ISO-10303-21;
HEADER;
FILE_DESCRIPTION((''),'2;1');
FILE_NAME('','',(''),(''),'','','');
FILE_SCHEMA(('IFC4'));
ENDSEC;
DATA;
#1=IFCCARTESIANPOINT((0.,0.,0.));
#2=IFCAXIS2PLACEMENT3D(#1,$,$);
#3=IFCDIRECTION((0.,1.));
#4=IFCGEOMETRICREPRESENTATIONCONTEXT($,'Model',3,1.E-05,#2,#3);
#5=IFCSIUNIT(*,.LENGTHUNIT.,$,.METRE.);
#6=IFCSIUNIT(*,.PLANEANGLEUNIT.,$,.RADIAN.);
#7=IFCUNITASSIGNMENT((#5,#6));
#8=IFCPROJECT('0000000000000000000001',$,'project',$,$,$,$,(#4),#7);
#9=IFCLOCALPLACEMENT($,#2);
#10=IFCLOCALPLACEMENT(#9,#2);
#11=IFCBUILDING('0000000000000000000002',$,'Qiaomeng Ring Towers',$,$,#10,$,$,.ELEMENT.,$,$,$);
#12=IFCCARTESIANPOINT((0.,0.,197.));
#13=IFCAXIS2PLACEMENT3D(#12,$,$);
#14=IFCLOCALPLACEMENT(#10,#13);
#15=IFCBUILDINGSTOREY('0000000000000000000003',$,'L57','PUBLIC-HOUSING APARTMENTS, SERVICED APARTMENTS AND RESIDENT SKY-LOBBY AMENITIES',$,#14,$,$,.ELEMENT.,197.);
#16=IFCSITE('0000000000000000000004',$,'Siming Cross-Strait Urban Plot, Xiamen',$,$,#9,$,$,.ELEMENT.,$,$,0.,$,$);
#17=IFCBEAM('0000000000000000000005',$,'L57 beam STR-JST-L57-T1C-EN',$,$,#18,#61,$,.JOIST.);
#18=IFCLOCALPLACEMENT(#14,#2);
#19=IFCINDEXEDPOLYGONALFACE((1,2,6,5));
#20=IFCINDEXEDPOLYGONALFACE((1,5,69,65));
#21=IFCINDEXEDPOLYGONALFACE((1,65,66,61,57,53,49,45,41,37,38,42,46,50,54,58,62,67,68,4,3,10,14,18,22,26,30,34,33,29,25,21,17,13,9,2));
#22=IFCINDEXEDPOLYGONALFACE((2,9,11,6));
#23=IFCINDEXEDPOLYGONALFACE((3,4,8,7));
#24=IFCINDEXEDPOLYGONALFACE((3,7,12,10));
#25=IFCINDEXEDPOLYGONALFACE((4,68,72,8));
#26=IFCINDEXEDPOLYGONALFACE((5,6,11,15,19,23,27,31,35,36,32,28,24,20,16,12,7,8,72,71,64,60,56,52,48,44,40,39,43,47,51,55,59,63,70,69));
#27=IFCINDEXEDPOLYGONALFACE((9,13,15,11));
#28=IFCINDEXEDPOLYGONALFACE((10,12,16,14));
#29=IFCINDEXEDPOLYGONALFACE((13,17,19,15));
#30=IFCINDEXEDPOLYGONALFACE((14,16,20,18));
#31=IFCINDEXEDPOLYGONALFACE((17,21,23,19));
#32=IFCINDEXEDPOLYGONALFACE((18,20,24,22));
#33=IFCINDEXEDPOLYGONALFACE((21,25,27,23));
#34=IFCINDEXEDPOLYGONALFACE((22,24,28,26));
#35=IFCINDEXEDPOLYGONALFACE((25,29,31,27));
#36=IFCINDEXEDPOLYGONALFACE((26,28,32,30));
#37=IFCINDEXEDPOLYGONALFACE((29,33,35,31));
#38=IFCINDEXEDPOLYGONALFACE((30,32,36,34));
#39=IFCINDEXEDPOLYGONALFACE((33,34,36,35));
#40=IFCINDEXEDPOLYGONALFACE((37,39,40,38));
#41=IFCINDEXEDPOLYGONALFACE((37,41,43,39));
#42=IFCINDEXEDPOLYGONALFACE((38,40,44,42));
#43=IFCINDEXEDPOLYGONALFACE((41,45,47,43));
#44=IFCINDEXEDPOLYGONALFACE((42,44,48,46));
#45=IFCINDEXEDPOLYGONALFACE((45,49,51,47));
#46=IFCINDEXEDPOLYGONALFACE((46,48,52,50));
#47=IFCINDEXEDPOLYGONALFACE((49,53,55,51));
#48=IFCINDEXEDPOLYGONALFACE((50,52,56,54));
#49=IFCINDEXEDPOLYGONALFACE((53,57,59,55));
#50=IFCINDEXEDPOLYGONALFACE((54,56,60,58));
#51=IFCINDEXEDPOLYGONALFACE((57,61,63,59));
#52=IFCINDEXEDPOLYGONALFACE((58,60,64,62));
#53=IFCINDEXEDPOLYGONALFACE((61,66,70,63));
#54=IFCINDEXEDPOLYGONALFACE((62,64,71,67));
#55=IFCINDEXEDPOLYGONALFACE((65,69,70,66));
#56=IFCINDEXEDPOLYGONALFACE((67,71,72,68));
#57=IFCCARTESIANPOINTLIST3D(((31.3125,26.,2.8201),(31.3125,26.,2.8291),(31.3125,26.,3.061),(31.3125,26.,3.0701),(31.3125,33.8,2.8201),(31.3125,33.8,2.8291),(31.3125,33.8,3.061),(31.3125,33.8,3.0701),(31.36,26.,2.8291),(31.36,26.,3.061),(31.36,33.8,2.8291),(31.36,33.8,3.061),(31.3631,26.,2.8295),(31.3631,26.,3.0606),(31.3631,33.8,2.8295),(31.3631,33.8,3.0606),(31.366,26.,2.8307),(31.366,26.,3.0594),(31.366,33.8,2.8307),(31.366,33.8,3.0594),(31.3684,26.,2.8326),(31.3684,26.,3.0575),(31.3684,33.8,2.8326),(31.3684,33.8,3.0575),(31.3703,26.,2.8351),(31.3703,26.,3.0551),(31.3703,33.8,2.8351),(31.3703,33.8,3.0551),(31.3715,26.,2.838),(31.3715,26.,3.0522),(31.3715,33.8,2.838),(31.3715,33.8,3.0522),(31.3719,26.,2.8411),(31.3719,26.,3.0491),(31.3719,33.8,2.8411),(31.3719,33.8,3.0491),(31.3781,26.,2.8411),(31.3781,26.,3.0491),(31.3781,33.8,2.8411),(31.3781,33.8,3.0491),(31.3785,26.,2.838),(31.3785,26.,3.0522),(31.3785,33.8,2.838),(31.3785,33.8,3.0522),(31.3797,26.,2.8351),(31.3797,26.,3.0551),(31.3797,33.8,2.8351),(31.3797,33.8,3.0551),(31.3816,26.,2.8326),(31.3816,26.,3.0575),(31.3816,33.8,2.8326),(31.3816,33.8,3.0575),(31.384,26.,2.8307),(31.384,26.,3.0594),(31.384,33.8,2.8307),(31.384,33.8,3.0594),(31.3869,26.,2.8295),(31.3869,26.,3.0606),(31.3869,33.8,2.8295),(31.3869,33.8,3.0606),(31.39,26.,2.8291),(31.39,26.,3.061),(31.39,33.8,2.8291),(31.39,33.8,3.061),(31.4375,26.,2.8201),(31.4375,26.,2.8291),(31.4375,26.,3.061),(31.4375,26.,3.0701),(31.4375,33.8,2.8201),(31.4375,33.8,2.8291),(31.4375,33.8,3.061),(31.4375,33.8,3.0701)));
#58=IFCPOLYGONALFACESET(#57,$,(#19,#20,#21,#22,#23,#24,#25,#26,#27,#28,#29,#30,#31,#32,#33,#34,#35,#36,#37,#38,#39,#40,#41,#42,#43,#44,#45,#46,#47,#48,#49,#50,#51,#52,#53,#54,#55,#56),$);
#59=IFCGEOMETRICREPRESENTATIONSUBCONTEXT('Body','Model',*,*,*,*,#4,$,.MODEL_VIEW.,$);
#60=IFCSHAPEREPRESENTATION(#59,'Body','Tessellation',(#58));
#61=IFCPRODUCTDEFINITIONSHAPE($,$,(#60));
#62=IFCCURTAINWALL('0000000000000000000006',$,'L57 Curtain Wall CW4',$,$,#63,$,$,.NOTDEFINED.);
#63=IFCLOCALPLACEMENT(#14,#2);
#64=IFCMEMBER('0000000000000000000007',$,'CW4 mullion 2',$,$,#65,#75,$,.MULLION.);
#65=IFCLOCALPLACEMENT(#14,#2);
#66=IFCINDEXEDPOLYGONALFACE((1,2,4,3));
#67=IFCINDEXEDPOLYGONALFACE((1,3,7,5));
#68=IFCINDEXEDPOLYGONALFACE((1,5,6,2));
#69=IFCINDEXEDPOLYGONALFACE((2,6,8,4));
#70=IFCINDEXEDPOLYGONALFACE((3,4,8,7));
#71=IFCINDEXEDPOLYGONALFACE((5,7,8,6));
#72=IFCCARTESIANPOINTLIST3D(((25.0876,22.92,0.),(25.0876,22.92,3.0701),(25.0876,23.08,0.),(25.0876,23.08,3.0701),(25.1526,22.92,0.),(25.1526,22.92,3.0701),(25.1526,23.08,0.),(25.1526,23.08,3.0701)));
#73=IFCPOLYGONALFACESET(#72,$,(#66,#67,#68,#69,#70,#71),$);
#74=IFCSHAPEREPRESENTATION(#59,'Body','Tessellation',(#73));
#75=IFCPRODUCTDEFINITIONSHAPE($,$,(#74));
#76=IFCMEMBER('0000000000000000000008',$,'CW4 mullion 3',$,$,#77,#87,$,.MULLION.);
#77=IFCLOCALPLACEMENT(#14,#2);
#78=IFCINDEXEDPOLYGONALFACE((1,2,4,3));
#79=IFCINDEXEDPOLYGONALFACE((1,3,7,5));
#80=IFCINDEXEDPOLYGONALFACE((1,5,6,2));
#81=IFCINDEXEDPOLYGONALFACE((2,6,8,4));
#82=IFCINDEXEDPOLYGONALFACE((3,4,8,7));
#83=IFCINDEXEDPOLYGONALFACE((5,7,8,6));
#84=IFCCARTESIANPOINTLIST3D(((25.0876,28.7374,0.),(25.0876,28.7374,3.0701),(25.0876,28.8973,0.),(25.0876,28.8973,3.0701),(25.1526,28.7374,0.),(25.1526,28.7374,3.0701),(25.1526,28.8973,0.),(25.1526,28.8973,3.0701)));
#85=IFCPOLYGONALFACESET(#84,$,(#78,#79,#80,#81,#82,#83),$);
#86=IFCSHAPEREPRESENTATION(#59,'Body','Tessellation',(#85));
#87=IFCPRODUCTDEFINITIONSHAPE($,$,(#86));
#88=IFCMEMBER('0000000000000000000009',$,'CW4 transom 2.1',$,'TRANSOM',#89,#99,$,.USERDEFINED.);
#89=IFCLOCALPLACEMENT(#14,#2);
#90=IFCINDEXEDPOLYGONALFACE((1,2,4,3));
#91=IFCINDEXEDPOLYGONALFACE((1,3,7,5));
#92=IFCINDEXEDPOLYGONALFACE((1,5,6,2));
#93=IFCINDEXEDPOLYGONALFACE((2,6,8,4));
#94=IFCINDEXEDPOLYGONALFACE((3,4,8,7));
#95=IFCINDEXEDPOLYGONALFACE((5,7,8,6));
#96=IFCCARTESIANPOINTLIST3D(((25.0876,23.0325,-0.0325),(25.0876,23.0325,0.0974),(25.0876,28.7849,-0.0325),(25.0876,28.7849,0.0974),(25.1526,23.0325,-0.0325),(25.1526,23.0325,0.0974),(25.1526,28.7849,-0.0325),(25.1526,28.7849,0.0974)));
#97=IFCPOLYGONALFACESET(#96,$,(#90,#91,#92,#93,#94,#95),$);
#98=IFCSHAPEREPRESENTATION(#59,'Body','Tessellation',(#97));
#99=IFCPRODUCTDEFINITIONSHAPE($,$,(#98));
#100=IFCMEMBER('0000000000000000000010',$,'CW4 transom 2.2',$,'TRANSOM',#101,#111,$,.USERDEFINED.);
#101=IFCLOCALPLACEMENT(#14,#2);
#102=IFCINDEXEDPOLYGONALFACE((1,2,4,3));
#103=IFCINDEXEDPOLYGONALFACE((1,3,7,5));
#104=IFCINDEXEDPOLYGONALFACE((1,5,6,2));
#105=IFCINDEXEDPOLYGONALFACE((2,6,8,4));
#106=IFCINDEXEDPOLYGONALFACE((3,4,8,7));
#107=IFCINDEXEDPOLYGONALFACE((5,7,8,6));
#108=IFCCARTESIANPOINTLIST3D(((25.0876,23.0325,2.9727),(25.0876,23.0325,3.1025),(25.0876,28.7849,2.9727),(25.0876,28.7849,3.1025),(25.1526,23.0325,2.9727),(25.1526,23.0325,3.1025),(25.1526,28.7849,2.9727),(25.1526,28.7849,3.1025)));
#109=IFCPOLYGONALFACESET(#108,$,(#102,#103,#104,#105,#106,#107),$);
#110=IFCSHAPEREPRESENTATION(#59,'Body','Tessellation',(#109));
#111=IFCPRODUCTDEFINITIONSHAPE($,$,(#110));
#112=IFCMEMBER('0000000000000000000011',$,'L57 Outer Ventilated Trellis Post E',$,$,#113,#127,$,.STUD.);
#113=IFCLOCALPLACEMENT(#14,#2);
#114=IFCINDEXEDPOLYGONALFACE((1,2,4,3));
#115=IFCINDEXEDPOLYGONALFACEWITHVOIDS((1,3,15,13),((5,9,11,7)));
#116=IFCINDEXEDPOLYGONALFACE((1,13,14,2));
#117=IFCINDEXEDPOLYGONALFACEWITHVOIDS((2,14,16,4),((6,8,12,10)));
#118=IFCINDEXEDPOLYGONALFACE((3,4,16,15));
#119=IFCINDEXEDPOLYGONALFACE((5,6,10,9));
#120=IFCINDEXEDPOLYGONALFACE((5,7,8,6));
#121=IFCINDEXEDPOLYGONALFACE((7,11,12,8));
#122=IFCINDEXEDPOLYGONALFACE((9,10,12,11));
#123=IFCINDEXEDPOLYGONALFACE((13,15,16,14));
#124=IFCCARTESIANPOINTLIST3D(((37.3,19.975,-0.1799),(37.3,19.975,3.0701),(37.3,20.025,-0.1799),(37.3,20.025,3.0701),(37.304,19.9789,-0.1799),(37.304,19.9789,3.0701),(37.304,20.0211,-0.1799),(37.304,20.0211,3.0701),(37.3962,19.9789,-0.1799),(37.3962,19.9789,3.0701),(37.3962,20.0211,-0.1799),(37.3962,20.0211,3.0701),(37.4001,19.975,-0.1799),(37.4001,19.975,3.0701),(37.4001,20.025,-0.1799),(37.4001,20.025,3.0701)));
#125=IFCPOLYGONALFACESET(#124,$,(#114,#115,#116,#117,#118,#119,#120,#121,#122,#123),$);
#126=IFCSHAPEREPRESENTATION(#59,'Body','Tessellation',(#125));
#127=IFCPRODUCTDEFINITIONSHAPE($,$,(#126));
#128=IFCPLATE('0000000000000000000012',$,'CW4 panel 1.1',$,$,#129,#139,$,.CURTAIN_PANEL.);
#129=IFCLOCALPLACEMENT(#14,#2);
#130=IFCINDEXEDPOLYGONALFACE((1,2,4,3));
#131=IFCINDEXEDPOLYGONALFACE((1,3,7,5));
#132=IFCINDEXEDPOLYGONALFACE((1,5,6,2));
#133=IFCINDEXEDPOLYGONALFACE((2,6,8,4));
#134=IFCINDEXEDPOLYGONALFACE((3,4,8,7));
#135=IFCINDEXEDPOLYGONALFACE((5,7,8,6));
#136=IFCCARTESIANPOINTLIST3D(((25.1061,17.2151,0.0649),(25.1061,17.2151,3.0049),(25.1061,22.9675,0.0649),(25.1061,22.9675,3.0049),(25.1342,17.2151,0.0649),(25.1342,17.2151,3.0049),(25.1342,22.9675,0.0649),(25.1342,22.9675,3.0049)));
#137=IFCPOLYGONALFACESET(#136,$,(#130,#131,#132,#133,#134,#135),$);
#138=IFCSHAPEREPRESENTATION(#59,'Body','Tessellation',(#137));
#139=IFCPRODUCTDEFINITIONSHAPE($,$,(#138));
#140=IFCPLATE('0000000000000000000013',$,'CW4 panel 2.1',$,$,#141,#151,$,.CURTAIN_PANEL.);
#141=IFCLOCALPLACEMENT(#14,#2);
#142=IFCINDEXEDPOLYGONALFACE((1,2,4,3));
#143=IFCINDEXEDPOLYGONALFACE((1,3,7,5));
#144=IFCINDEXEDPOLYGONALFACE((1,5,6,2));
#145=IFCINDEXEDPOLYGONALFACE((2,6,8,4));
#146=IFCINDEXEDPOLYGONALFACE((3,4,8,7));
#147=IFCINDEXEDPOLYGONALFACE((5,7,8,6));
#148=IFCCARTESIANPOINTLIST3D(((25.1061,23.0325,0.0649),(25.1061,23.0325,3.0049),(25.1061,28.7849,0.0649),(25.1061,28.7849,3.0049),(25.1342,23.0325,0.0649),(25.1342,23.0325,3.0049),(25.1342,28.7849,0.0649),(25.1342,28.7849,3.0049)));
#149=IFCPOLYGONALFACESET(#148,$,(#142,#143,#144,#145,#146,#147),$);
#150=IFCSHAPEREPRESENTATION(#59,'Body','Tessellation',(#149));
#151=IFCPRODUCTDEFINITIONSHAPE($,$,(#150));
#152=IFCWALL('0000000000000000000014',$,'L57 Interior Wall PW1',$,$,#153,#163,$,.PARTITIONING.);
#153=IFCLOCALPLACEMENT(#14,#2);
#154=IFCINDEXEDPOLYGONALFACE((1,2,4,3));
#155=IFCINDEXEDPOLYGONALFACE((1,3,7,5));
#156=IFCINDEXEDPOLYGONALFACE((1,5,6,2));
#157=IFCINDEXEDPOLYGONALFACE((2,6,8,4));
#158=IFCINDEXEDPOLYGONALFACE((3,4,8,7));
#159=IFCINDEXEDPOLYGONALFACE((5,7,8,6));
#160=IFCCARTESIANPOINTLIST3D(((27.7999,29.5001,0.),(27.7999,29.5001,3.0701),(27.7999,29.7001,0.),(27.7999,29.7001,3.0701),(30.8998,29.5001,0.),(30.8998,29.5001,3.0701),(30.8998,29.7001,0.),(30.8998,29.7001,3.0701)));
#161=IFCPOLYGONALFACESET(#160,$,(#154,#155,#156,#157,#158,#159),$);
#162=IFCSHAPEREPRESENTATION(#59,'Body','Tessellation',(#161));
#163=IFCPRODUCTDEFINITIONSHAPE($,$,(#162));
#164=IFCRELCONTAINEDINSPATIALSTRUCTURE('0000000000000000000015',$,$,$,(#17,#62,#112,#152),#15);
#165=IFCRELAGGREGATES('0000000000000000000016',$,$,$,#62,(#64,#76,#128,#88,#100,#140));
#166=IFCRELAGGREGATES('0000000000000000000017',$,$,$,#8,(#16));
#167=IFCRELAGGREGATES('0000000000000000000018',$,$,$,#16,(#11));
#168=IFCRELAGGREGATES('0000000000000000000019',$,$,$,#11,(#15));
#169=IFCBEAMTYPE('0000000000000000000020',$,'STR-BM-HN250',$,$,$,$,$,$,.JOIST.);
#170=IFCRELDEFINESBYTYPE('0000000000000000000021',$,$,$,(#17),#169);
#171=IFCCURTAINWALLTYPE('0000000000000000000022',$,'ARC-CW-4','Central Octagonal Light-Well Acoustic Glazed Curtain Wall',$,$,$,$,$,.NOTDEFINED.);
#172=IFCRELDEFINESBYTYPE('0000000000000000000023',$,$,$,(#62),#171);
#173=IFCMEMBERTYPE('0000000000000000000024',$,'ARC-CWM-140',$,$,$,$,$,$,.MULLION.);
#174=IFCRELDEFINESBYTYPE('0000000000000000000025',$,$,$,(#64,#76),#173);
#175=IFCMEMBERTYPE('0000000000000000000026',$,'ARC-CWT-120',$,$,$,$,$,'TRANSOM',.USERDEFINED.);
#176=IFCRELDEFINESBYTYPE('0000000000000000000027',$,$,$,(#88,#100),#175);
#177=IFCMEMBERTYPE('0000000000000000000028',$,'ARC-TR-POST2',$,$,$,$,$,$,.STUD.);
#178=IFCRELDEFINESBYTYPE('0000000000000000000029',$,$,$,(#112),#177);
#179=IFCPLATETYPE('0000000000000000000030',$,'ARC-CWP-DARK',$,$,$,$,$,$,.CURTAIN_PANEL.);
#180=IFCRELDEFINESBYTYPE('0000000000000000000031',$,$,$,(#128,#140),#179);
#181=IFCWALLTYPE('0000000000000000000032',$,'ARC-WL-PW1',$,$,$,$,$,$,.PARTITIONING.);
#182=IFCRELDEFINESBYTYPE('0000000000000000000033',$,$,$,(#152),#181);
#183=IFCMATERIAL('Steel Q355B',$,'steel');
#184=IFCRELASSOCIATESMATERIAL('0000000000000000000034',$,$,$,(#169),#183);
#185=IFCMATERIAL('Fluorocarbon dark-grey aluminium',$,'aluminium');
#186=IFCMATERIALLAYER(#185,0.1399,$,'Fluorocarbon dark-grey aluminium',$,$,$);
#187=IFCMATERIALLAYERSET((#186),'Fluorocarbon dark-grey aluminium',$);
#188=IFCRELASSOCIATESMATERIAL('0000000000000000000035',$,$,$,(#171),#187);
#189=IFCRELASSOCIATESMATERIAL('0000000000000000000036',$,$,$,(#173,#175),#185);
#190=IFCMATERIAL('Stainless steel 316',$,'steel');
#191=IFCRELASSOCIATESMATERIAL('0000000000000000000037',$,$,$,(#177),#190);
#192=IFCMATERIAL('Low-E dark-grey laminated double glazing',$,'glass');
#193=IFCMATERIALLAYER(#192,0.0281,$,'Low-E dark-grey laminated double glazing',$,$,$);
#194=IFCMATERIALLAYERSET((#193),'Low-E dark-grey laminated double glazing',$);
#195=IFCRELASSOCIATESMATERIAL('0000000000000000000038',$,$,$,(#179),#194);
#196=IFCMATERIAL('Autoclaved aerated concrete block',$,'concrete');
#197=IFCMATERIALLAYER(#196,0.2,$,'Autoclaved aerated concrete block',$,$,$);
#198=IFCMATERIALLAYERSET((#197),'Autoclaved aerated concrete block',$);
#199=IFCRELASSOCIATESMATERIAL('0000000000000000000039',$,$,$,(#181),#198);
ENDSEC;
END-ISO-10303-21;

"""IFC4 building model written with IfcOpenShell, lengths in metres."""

from ifc_helpers import new_model, si_unit, direction, frame, frame_2d, origin, origin_2d, place, context, subcontext, project, spatial, rectangle, hollow_rectangle, i_section, extrude, source, transform, mapped, material, layer, layer_set, material_profile, profile_set, type_object, element, aggregate, save


model = new_model("IFC4")

# Units and contexts
model_context = context("Model", 3, precision=1e-05, world=origin(), true_north=direction((0.0, 1.0)))
body_context = subcontext(model_context, "Body", "Model", "MODEL_VIEW")
ifc_project = project(units=[si_unit("LENGTHUNIT", "METRE"), si_unit("PLANEANGLEUNIT", "RADIAN")], contexts=[model_context])

# Site, building, storey
site_placement = place(None, origin())
site = spatial("IfcSite", under=ifc_project, at=site_placement, Name="Siming Cross-Strait Urban Plot, Xiamen", CompositionType="ELEMENT", RefElevation=0.0)
building_placement = place(site_placement, origin())
building = spatial("IfcBuilding", under=site, at=building_placement, Name="Qiaomeng Ring Towers", CompositionType="ELEMENT")
storey_placement = place(building_placement, frame((0.0, 0.0, 197.0)))
storey = spatial("IfcBuildingStorey", under=building, at=storey_placement, Name="L57", Description="PUBLIC-HOUSING APARTMENTS, SERVICED APARTMENTS AND RESIDENT SKY-LOBBY AMENITIES", CompositionType="ELEMENT", Elevation=197.0)

# Beam
ifc_material_1 = material(Name="Steel Q355B", Category="steel")
ifc_material_profile_1 = material_profile(ifc_material_1, i_section(OverallWidth=0.125, OverallDepth=0.25, WebThickness=0.0061, FlangeThickness=0.009, FilletRadius=0.012, at=origin_2d()), Name="HN 250x125x6x9")
ifc_profile_set_1 = profile_set([ifc_material_profile_1], Name="Steel Q355B")
beam_type_1 = type_object("IfcBeamType", Name="STR-BM-HN250", PredefinedType="JOIST", material=ifc_profile_set_1)
shared_shape_1 = source(origin(), body_context, "Body", "SweptSolid", [
    extrude(i_section(OverallWidth=0.125, OverallDepth=0.25, WebThickness=0.0061, FlangeThickness=0.009, FilletRadius=0.012, at=origin_2d()), origin(), (0.0, 0.0, 1.0), 7.8),
])
beam_1_placement = place(storey_placement, frame((31.375, 26.0, 2.9451), z_axis=(0.0, 1.0, 0.0), x_axis=(-1.0, 0.0, 0.0)))
element("IfcBeam", 1, at=beam_1_placement, inside=storey, type_object=beam_type_1, Name="L57 beam STR-JST-L57-T1C-EN", PredefinedType="JOIST", context=body_context, shape_type="MappedRepresentation", body=[
    mapped(shared_shape_1, transform((0.0, 0.0, 0.0), x_axis=(1.0, 0.0, 0.0), y_axis=(0.0, 1.0, 0.0), z_axis=(0.0, 0.0, 1.0), scale=1.0)),
])

# Curtain wall, members
ifc_material_2 = material(Name="Fluorocarbon dark-grey aluminium", Category="aluminium")
ifc_layer_1 = layer(ifc_material_2, 0.1399, Name="Fluorocarbon dark-grey aluminium")
ifc_layer_set_1 = layer_set([ifc_layer_1], Name="Fluorocarbon dark-grey aluminium")
curtain_wall_type = type_object("IfcCurtainWallType", Name="ARC-CW-4", Description="Central Octagonal Light-Well Acoustic Glazed Curtain Wall", PredefinedType="NOTDEFINED", material=ifc_layer_set_1)
curtain_wall_placement = place(storey_placement, origin())
curtain_wall = element("IfcCurtainWall", 2, at=curtain_wall_placement, inside=storey, type_object=curtain_wall_type, Name="L57 Curtain Wall CW4", PredefinedType="NOTDEFINED")
ifc_material_profile_2 = material_profile(ifc_material_2, rectangle(XDim=0.0649, YDim=0.1599, at=origin_2d()), Name="ALU MULL 65x160")
ifc_profile_set_2 = profile_set([ifc_material_profile_2], Name="Fluorocarbon dark-grey aluminium")
member_type_1 = type_object("IfcMemberType", Name="ARC-CWM-140", PredefinedType="MULLION", material=ifc_profile_set_2)
shared_shape_2 = source(origin(), body_context, "Body", "SweptSolid", [
    extrude(rectangle(XDim=0.0649, YDim=0.1599, at=origin_2d()), origin(), (0.0, 0.0, 1.0), 3.0701),
])
member_1_placement = place(storey_placement, frame((25.1201, 23.0, 0.0), z_axis=(0.0, 0.0, 1.0), x_axis=(-1.0, 0.0, 0.0)))
member_1 = element("IfcMember", 3, at=member_1_placement, type_object=member_type_1, Name="CW4 mullion 2", PredefinedType="MULLION", context=body_context, shape_type="MappedRepresentation", body=[
    mapped(shared_shape_2, transform((0.0, 0.0, 0.0), x_axis=(1.0, 0.0, 0.0), y_axis=(0.0, 1.0, 0.0), z_axis=(0.0, 0.0, 1.0), scale=1.0)),
])
member_2_placement = place(storey_placement, frame((25.1201, 28.8174, 0.0), z_axis=(0.0, 0.0, 1.0), x_axis=(-1.0, 0.0, 0.0)))
member_2 = element("IfcMember", 4, at=member_2_placement, type_object=member_type_1, Name="CW4 mullion 3", PredefinedType="MULLION", context=body_context, shape_type="MappedRepresentation", body=[
    mapped(shared_shape_2, transform((0.0, 0.0, 0.0), x_axis=(1.0, 0.0, 0.0), y_axis=(0.0, 1.0, 0.0), z_axis=(0.0, 0.0, 1.0), scale=1.0)),
])
ifc_material_profile_3 = material_profile(ifc_material_2, rectangle(XDim=0.0649, YDim=0.1299, at=origin_2d()), Name="ALU TRAN 65x130")
ifc_profile_set_3 = profile_set([ifc_material_profile_3], Name="Fluorocarbon dark-grey aluminium")
member_type_2 = type_object("IfcMemberType", Name="ARC-CWT-120", ElementType="TRANSOM", PredefinedType="USERDEFINED", material=ifc_profile_set_3)
shared_shape_3 = source(origin(), body_context, "Body", "SweptSolid", [
    extrude(rectangle(XDim=0.0649, YDim=0.1299, at=origin_2d()), origin(), (0.0, 0.0, 1.0), 5.7524),
])
member_3_placement = place(storey_placement, frame((25.1201, 23.0325, 0.0325), z_axis=(0.0, 1.0, 0.0), x_axis=(-1.0, 0.0, 0.0)))
member_3 = element("IfcMember", 5, at=member_3_placement, type_object=member_type_2, Name="CW4 transom 2.1", ObjectType="TRANSOM", PredefinedType="USERDEFINED", context=body_context, shape_type="MappedRepresentation", body=[
    mapped(shared_shape_3, transform((0.0, 0.0, 0.0), x_axis=(1.0, 0.0, 0.0), y_axis=(0.0, 1.0, 0.0), z_axis=(0.0, 0.0, 1.0), scale=1.0)),
])
member_4_placement = place(storey_placement, frame((25.1201, 23.0325, 3.0376), z_axis=(0.0, 1.0, 0.0), x_axis=(-1.0, 0.0, 0.0)))
member_4 = element("IfcMember", 6, at=member_4_placement, type_object=member_type_2, Name="CW4 transom 2.2", ObjectType="TRANSOM", PredefinedType="USERDEFINED", context=body_context, shape_type="MappedRepresentation", body=[
    mapped(shared_shape_3, transform((0.0, 0.0, 0.0), x_axis=(1.0, 0.0, 0.0), y_axis=(0.0, 1.0, 0.0), z_axis=(0.0, 0.0, 1.0), scale=1.0)),
])

# Member
ifc_material_3 = material(Name="Stainless steel 316", Category="steel")
ifc_material_profile_4 = material_profile(ifc_material_3, hollow_rectangle(XDim=0.05, YDim=0.1001, WallThickness=0.0039, at=origin_2d()), Name="SS TRELLIS 100x50")
ifc_profile_set_4 = profile_set([ifc_material_profile_4], Name="Stainless steel 316")
member_type_3 = type_object("IfcMemberType", Name="ARC-TR-POST2", PredefinedType="STUD", material=ifc_profile_set_4)
shared_shape_4 = source(origin(), body_context, "Body", "SweptSolid", [
    extrude(hollow_rectangle(XDim=0.05, YDim=0.1001, WallThickness=0.0039, at=origin_2d()), origin(), (0.0, 0.0, 1.0), 3.25),
])
member_5_placement = place(storey_placement, frame((37.3501, 20.0, -0.1799), z_axis=(0.0, 0.0, 1.0), x_axis=(0.0, 1.0, 0.0)))
element("IfcMember", 7, at=member_5_placement, inside=storey, type_object=member_type_3, Name="L57 Outer Ventilated Trellis Post E", PredefinedType="STUD", context=body_context, shape_type="MappedRepresentation", body=[
    mapped(shared_shape_4, transform((0.0, 0.0, 0.0), x_axis=(1.0, 0.0, 0.0), y_axis=(0.0, 1.0, 0.0), z_axis=(0.0, 0.0, 1.0), scale=1.0)),
])

# Plates
ifc_material_4 = material(Name="Low-E dark-grey laminated double glazing", Category="glass")
ifc_layer_2 = layer(ifc_material_4, 0.0281, Name="Low-E dark-grey laminated double glazing")
ifc_layer_set_2 = layer_set([ifc_layer_2], Name="Low-E dark-grey laminated double glazing")
plate_type = type_object("IfcPlateType", Name="ARC-CWP-DARK", PredefinedType="CURTAIN_PANEL", material=ifc_layer_set_2)
shared_shape_5 = source(origin(), body_context, "Body", "SweptSolid", [
    extrude(rectangle(XDim=5.7524, YDim=0.0281, at=origin_2d()), origin(), (0.0, 0.0, 1.0), 2.9399),
])
plate_1_placement = place(storey_placement, frame((25.1201, 20.0913, 0.0649), z_axis=(0.0, 0.0, 1.0), x_axis=(0.0, 1.0, 0.0)))
plate_1 = element("IfcPlate", 8, at=plate_1_placement, type_object=plate_type, Name="CW4 panel 1.1", PredefinedType="CURTAIN_PANEL", context=body_context, shape_type="MappedRepresentation", body=[
    mapped(shared_shape_5, transform((0.0, 0.0, 0.0), x_axis=(1.0, 0.0, 0.0), y_axis=(0.0, 1.0, 0.0), z_axis=(0.0, 0.0, 1.0), scale=1.0)),
])
plate_2_placement = place(storey_placement, frame((25.1201, 25.9087, 0.0649), z_axis=(0.0, 0.0, 1.0), x_axis=(0.0, 1.0, 0.0)))
plate_2 = element("IfcPlate", 9, at=plate_2_placement, type_object=plate_type, Name="CW4 panel 2.1", PredefinedType="CURTAIN_PANEL", context=body_context, shape_type="MappedRepresentation", body=[
    mapped(shared_shape_5, transform((0.0, 0.0, 0.0), x_axis=(1.0, 0.0, 0.0), y_axis=(0.0, 1.0, 0.0), z_axis=(0.0, 0.0, 1.0), scale=1.0)),
])
aggregate(curtain_wall, [member_1, member_2, plate_1, member_3, member_4, plate_2])

# Wall
ifc_material_5 = material(Name="Autoclaved aerated concrete block", Category="concrete")
ifc_layer_3 = layer(ifc_material_5, 0.2, Name="Autoclaved aerated concrete block")
ifc_layer_set_3 = layer_set([ifc_layer_3], Name="Autoclaved aerated concrete block")
wall_type_1 = type_object("IfcWallType", Name="ARC-WL-PW1", PredefinedType="PARTITIONING", material=ifc_layer_set_3)
wall_1_placement = place(storey_placement, frame((27.8, 29.6001, 0.0), z_axis=(0.0, 0.0, 1.0), x_axis=(1.0, 0.0, 0.0)))
element("IfcWall", 10, at=wall_1_placement, inside=storey, type_object=wall_type_1, Name="L57 Interior Wall PW1", PredefinedType="PARTITIONING", context=body_context, shape_type="SweptSolid", body=[
    extrude(rectangle(XDim=3.0999, YDim=0.2, at=frame_2d((1.5498, 0.0))), origin(), (0.0, 0.0, 1.0), 3.0701),
])

save(model, "model.ifc")
